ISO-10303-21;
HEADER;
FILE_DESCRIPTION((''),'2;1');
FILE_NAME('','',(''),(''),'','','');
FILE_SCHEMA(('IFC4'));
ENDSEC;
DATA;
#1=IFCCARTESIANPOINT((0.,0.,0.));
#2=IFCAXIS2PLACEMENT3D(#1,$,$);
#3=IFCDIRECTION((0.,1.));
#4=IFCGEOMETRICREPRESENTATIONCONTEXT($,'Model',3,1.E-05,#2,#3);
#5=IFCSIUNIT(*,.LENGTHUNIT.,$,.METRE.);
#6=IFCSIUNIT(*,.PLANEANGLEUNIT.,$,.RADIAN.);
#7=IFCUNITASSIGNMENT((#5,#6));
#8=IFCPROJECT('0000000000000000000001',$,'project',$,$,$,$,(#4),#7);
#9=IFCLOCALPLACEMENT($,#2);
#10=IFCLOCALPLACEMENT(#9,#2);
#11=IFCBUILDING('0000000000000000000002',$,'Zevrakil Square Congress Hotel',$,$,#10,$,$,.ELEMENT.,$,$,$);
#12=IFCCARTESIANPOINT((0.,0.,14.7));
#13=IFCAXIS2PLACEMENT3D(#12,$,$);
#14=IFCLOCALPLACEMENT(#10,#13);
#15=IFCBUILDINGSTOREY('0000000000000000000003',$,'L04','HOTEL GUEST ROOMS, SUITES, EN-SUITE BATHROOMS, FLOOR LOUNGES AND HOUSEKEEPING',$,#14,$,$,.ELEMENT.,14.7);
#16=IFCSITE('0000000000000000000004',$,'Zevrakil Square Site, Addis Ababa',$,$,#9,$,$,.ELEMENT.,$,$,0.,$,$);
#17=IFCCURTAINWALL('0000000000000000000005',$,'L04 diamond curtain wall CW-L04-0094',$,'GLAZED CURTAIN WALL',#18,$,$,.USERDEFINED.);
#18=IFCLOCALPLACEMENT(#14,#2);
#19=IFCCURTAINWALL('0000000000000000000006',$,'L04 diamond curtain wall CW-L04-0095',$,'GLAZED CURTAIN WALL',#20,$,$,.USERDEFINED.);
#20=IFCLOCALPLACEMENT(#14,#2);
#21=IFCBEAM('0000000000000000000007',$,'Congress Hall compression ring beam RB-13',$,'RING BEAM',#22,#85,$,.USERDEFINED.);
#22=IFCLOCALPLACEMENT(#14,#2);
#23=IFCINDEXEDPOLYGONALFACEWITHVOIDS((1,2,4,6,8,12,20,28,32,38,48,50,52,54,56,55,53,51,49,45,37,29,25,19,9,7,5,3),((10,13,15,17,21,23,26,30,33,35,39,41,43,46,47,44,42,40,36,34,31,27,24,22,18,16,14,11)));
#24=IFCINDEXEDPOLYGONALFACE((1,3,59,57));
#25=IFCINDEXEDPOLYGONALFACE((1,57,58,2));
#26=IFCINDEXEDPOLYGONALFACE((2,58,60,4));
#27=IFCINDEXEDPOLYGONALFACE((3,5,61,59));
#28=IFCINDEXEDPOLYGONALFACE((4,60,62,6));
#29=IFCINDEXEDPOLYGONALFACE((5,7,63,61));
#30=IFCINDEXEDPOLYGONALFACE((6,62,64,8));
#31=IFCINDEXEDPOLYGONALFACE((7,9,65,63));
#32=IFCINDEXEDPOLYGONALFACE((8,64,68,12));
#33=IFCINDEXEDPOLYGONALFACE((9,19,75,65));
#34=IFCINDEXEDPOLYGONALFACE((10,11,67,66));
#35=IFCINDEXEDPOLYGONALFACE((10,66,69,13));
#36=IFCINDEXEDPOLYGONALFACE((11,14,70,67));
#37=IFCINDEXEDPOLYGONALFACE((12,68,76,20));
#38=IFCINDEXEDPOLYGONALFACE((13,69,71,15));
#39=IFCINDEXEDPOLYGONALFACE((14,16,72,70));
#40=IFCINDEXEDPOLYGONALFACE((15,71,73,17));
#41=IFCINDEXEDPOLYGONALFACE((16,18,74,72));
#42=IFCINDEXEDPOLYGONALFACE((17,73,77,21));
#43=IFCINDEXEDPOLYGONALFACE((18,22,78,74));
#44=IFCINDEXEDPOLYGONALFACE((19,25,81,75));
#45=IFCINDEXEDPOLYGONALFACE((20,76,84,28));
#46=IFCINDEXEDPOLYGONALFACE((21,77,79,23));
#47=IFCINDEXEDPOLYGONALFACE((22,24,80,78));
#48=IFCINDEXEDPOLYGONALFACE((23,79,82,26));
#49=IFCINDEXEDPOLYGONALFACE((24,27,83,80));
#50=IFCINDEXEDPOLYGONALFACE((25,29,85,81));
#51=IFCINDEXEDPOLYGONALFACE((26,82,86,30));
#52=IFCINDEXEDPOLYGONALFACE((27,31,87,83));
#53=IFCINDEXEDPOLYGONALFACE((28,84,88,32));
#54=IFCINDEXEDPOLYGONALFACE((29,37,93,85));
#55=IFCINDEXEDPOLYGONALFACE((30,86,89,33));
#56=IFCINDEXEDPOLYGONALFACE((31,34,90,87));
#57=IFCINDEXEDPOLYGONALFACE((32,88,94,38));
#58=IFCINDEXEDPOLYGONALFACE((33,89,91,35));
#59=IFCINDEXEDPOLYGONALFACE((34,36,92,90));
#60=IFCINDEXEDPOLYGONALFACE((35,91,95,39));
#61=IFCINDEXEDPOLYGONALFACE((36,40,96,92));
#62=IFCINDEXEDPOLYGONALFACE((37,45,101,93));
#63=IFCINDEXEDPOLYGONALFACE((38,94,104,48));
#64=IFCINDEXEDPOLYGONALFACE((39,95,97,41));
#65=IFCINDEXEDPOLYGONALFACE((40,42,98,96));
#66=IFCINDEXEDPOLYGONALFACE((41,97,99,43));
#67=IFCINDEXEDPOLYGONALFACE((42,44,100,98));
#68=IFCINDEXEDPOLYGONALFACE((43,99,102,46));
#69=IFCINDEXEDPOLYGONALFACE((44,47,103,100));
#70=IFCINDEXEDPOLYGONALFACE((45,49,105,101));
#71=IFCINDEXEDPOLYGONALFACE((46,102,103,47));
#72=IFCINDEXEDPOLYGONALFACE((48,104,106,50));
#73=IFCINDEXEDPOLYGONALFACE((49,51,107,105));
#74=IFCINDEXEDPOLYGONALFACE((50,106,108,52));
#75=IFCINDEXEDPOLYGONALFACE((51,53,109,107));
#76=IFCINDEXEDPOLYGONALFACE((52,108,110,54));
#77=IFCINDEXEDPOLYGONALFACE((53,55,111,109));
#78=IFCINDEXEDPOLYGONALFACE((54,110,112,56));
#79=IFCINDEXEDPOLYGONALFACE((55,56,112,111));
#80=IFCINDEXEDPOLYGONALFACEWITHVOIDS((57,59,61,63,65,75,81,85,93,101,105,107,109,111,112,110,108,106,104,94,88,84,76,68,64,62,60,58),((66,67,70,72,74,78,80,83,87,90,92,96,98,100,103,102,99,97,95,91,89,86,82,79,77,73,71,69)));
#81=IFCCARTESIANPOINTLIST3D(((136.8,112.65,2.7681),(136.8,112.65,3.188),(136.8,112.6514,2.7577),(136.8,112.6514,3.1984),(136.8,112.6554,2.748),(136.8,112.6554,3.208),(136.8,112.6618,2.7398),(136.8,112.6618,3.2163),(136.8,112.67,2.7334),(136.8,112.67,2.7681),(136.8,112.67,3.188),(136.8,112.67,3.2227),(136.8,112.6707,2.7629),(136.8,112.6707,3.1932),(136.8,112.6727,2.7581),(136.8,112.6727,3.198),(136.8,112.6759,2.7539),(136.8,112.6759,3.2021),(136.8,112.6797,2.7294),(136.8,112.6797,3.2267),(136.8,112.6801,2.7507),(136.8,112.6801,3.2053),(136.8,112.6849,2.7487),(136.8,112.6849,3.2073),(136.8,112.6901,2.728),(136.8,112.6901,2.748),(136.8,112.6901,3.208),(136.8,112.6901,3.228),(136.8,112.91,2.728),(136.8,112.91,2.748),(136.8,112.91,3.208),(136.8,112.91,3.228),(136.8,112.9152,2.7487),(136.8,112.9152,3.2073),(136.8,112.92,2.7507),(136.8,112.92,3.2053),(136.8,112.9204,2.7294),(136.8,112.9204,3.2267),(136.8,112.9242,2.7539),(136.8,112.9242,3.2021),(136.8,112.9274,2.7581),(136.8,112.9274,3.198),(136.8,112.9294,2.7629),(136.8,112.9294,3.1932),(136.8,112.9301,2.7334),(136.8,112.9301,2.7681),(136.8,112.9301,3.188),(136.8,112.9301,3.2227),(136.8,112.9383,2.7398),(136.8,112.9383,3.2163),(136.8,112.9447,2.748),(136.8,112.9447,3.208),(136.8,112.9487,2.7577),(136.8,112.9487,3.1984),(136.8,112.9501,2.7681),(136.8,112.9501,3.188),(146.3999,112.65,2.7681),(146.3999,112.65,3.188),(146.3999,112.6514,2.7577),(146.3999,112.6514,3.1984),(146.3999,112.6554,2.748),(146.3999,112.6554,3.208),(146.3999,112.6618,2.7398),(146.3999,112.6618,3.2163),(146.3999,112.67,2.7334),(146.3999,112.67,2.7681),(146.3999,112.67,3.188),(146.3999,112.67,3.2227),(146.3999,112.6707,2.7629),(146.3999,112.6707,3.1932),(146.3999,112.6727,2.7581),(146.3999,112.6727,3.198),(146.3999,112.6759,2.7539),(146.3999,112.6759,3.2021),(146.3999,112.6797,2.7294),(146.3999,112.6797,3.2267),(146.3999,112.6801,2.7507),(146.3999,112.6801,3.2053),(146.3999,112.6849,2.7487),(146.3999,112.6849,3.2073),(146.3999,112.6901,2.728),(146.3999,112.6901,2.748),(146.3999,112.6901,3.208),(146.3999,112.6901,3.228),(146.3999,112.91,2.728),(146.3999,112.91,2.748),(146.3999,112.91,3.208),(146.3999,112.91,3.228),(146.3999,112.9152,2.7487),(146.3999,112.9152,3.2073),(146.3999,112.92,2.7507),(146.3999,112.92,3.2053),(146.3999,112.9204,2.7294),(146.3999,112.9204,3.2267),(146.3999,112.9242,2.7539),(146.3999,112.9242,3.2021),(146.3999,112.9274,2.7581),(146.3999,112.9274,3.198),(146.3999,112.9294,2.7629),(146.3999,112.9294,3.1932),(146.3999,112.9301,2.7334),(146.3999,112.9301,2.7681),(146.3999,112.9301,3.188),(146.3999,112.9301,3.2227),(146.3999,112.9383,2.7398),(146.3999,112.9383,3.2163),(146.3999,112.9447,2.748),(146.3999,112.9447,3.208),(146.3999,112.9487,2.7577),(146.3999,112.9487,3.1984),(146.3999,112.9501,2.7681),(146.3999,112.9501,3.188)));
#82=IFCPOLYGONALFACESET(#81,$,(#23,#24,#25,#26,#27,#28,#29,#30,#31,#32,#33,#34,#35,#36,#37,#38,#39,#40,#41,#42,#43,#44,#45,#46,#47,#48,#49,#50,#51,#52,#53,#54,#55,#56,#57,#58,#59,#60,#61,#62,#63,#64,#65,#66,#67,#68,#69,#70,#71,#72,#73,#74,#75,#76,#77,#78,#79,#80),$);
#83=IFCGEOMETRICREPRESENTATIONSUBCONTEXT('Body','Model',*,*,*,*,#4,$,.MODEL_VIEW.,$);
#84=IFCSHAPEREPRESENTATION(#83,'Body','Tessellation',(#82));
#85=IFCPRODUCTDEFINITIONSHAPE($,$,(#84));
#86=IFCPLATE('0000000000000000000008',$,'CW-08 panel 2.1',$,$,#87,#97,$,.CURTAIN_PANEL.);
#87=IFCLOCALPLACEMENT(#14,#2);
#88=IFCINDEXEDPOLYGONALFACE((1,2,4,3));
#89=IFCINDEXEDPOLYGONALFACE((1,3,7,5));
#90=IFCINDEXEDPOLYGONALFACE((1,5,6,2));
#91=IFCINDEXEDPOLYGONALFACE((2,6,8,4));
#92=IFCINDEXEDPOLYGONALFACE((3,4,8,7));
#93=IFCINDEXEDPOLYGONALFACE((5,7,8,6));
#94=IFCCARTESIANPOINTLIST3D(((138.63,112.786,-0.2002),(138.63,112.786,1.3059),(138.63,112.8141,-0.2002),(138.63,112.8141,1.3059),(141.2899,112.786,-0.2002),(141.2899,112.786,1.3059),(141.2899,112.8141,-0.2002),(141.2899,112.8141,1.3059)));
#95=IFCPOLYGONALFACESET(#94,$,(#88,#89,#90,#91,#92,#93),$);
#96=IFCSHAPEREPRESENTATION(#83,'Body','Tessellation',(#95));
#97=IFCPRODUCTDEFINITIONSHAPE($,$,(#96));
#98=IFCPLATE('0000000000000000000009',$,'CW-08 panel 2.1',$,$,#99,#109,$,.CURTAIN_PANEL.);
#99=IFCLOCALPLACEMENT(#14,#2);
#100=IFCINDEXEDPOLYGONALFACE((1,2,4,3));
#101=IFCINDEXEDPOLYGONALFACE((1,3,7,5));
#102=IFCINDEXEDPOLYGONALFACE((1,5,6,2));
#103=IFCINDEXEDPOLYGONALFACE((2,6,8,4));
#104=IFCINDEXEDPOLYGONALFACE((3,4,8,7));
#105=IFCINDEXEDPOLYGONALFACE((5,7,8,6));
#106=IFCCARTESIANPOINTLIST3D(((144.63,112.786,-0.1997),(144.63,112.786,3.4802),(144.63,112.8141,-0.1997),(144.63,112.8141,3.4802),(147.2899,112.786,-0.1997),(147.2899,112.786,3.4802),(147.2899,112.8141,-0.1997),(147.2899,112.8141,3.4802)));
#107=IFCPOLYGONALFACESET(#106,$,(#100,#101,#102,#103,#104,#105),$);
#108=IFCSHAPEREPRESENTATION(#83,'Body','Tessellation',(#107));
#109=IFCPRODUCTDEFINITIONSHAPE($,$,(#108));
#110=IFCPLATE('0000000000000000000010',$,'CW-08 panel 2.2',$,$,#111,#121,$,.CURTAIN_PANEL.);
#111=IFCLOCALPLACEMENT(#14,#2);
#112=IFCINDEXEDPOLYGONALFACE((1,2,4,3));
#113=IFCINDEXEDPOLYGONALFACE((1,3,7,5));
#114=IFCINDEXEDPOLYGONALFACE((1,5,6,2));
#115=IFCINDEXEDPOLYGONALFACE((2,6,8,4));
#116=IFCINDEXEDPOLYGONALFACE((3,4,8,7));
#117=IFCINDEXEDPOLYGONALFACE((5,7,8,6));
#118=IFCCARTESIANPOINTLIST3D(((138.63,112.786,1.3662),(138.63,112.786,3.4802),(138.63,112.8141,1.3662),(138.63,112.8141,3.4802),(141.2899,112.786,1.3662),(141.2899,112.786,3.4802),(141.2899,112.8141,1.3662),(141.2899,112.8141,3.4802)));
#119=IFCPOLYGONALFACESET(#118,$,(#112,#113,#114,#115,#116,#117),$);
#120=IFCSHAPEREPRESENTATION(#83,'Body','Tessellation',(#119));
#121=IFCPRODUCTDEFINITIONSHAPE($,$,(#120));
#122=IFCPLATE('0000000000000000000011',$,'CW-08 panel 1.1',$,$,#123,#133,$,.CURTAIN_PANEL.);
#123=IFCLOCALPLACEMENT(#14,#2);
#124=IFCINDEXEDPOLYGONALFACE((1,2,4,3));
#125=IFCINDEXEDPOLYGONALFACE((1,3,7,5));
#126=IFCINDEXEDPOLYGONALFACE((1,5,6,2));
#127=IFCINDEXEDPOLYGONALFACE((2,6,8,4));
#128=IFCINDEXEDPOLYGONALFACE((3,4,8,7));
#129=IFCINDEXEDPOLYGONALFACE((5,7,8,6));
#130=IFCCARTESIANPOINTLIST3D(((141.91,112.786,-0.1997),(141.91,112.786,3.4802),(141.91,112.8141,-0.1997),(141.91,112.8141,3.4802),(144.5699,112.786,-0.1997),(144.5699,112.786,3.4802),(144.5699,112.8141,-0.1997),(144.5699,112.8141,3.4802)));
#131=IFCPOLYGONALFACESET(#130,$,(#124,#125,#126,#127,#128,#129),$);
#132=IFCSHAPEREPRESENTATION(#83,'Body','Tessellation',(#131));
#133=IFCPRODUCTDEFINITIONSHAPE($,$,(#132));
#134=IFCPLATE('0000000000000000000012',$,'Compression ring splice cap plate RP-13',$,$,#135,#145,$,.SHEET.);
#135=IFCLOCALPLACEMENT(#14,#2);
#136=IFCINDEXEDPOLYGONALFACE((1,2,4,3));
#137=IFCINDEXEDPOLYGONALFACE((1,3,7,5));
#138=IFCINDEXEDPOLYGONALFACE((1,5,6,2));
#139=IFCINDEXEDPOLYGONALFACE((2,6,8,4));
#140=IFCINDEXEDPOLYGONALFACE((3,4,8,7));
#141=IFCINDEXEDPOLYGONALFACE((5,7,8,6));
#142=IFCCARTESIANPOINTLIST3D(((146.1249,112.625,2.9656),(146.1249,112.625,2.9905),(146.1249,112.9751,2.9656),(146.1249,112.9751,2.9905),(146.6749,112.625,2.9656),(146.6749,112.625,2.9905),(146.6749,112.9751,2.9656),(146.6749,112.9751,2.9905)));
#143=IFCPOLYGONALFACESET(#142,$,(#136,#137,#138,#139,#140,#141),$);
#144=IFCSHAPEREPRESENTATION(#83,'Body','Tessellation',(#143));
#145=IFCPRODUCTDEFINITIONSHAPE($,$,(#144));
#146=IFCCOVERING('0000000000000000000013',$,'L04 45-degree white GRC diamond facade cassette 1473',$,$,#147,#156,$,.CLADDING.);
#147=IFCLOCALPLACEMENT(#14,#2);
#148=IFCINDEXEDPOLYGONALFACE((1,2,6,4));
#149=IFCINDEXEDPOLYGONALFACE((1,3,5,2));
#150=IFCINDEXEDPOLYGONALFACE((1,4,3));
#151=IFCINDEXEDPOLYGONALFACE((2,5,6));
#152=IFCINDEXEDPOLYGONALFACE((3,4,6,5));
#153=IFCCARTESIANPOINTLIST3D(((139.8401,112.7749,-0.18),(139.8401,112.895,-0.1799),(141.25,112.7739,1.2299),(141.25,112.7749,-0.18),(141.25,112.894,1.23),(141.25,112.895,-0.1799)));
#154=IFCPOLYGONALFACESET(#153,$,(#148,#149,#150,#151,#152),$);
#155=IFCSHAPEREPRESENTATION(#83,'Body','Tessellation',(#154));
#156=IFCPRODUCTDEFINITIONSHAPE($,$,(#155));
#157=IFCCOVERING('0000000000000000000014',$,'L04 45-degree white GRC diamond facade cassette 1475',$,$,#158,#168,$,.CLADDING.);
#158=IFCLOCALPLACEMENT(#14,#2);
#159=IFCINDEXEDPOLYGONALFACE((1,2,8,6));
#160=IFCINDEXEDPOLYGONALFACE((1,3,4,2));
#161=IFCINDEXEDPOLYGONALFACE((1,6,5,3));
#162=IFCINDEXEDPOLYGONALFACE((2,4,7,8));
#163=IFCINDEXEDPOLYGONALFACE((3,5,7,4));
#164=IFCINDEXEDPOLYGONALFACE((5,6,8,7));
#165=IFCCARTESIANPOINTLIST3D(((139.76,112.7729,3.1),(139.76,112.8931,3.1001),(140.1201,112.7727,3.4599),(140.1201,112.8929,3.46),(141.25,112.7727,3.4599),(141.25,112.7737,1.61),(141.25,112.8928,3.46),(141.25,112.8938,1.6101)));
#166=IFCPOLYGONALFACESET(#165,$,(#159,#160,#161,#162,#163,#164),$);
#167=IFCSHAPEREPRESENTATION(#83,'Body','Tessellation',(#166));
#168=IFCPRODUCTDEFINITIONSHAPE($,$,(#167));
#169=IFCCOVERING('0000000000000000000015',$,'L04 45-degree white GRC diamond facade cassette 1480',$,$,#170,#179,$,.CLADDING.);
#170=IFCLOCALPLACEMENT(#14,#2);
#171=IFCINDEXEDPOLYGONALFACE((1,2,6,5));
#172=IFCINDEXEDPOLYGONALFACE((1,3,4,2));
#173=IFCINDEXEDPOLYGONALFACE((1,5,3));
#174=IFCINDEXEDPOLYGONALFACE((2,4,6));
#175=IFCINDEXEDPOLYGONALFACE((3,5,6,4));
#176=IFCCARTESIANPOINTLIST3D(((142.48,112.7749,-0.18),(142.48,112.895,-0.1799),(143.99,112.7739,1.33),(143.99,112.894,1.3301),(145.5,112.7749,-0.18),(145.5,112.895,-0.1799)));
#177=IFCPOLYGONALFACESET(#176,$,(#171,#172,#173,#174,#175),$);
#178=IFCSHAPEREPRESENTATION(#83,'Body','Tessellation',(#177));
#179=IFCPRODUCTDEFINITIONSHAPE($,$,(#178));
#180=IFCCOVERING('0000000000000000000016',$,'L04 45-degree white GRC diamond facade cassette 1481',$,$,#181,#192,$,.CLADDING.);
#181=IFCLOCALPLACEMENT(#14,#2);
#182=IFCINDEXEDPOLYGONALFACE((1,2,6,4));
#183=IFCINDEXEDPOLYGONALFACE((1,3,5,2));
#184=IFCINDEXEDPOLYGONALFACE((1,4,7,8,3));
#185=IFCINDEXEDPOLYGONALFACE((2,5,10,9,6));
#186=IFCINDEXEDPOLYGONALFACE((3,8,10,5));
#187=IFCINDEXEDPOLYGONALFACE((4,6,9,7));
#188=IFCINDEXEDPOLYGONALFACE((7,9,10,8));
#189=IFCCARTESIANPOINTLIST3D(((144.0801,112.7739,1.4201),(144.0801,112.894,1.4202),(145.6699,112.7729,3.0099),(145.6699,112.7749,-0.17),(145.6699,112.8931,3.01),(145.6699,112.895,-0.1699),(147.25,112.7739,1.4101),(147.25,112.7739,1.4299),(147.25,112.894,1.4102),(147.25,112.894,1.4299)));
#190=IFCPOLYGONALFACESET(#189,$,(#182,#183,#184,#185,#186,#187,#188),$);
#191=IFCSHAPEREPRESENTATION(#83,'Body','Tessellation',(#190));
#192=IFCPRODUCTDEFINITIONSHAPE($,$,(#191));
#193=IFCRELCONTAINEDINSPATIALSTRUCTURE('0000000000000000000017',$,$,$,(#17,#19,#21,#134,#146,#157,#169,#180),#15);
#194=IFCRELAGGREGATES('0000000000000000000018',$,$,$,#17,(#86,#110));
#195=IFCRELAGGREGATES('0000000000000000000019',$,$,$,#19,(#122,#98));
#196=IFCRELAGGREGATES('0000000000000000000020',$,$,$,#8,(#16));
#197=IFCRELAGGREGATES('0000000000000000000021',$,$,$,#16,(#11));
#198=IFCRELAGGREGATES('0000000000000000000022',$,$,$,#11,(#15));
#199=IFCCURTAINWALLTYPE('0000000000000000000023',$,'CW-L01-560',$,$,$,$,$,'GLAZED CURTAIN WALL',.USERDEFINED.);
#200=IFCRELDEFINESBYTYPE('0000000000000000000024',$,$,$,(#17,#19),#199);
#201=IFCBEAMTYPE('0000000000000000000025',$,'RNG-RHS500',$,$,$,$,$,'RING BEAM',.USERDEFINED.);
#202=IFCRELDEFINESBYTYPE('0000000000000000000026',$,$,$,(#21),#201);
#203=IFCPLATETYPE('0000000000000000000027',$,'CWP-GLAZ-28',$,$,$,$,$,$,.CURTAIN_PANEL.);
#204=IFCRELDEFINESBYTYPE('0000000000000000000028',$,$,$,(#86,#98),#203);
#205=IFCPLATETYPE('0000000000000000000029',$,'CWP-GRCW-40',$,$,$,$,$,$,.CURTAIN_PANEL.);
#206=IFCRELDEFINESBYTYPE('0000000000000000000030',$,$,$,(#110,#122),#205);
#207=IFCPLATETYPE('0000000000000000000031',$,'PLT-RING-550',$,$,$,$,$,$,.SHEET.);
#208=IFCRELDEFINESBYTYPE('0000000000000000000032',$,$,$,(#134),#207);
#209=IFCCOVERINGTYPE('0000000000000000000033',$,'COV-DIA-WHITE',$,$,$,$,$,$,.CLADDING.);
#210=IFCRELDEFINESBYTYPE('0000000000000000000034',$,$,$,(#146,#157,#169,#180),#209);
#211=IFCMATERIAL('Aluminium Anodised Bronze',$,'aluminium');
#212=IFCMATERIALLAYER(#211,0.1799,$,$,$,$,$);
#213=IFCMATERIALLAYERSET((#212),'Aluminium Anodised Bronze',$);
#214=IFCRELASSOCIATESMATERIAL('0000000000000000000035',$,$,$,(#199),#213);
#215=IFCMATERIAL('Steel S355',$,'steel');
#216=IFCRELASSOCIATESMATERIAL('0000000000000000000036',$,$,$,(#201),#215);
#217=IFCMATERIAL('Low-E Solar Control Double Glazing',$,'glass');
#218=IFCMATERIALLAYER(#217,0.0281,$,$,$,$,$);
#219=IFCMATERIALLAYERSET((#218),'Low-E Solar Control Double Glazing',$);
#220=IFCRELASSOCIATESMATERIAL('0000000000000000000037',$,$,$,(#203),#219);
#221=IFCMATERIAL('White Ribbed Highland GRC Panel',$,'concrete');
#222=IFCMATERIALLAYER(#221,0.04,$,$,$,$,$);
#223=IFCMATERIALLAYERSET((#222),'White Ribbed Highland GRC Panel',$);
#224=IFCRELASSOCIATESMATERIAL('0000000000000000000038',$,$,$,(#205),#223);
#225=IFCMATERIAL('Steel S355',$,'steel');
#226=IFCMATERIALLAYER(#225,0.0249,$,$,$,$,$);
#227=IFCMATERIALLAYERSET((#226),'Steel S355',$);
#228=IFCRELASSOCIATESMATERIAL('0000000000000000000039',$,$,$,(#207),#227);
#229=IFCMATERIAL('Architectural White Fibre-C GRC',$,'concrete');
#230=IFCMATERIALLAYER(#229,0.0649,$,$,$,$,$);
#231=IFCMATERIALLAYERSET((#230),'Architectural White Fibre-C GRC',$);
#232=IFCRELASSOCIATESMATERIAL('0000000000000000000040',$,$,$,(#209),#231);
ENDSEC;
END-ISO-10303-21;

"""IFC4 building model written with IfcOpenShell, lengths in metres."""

from ifc_helpers import new_model, si_unit, direction, frame, origin, origin_2d, place, context, subcontext, project, spatial, polyline, rectangle, hollow_rectangle, outline, extrude, material, layer, layer_set, material_profile, profile_set, type_object, element, aggregate, save


model = new_model("IFC4")

# Units and contexts
model_context = context("Model", 3, precision=1e-05, world=origin(), true_north=direction((0.0, 1.0)))
body_context = subcontext(model_context, "Body", "Model", "MODEL_VIEW")
ifc_project = project(units=[si_unit("LENGTHUNIT", "METRE"), si_unit("PLANEANGLEUNIT", "RADIAN")], contexts=[model_context])

# Site, building, storey
site_placement = place(None, origin())
site = spatial("IfcSite", under=ifc_project, at=site_placement, Name="Zevrakil Square Site, Addis Ababa", CompositionType="ELEMENT", RefElevation=0.0)
building_placement = place(site_placement, origin())
building = spatial("IfcBuilding", under=site, at=building_placement, Name="Zevrakil Square Congress Hotel", CompositionType="ELEMENT")
storey_placement = place(building_placement, frame((0.0, 0.0, 14.7)))
storey = spatial("IfcBuildingStorey", under=building, at=storey_placement, Name="L04", Description="HOTEL GUEST ROOMS, SUITES, EN-SUITE BATHROOMS, FLOOR LOUNGES AND HOUSEKEEPING", CompositionType="ELEMENT", Elevation=14.7)

# Curtain wall
ifc_material_1 = material(Name="Aluminium Anodised Bronze", Category="aluminium")
ifc_layer_1 = layer(ifc_material_1, 0.1799)
ifc_layer_set_1 = layer_set([ifc_layer_1], Name="Aluminium Anodised Bronze")
curtain_wall_type = type_object("IfcCurtainWallType", Name="CW-L01-560", ElementType="GLAZED CURTAIN WALL", PredefinedType="USERDEFINED", material=ifc_layer_set_1)
curtain_wall_1_placement = place(storey_placement, origin())
curtain_wall_1 = element("IfcCurtainWall", 1, at=curtain_wall_1_placement, inside=storey, type_object=curtain_wall_type, Name="L04 diamond curtain wall CW-L04-0094", ObjectType="GLAZED CURTAIN WALL", PredefinedType="USERDEFINED")

# Curtain wall
curtain_wall_2_placement = place(storey_placement, origin())
curtain_wall_2 = element("IfcCurtainWall", 2, at=curtain_wall_2_placement, inside=storey, type_object=curtain_wall_type, Name="L04 diamond curtain wall CW-L04-0095", ObjectType="GLAZED CURTAIN WALL", PredefinedType="USERDEFINED")

# Beam
ifc_material_2 = material(Name="Steel S355", Category="steel")
ifc_material_profile_1 = material_profile(ifc_material_2, hollow_rectangle(XDim=0.3, YDim=0.5, WallThickness=0.02, InnerFilletRadius=0.02, OuterFilletRadius=0.04, at=origin_2d()), Name="RHS 500x300x20")
ifc_profile_set_1 = profile_set([ifc_material_profile_1], Name="Steel S355")
beam_type = type_object("IfcBeamType", Name="RNG-RHS500", ElementType="RING BEAM", PredefinedType="USERDEFINED", material=ifc_profile_set_1)
beam_placement = place(storey_placement, frame((146.3999, 112.8, 2.978), z_axis=(-1.0, 0.0, 0.0), x_axis=(0.0, -1.0, 0.0)))
element("IfcBeam", 3, at=beam_placement, inside=storey, type_object=beam_type, Name="Congress Hall compression ring beam RB-13", ObjectType="RING BEAM", PredefinedType="USERDEFINED", context=body_context, shape_type="SweptSolid", body=[
    extrude(hollow_rectangle(XDim=0.3, YDim=0.5, WallThickness=0.02, InnerFilletRadius=0.02, OuterFilletRadius=0.04, at=origin_2d()), origin(), (0.0, 0.0, 1.0), 9.5999),
])

# Plates
ifc_material_3 = material(Name="Low-E Solar Control Double Glazing", Category="glass")
ifc_layer_2 = layer(ifc_material_3, 0.0281)
ifc_layer_set_2 = layer_set([ifc_layer_2], Name="Low-E Solar Control Double Glazing")
plate_type_1 = type_object("IfcPlateType", Name="CWP-GLAZ-28", PredefinedType="CURTAIN_PANEL", material=ifc_layer_set_2)
plate_1_placement = place(storey_placement, frame((139.96, 112.8, -0.2002), z_axis=(0.0, 0.0, 1.0), x_axis=(1.0, 0.0, 0.0)))
plate_1 = element("IfcPlate", 4, at=plate_1_placement, type_object=plate_type_1, Name="CW-08 panel 2.1", PredefinedType="CURTAIN_PANEL", context=body_context, shape_type="SweptSolid", body=[
    extrude(rectangle(XDim=2.6599, YDim=0.0281, at=origin_2d()), origin(), (0.0, 0.0, 1.0), 1.5061),
])
plate_2_placement = place(storey_placement, frame((145.96, 112.8, -0.1997), z_axis=(0.0, 0.0, 1.0), x_axis=(1.0, 0.0, 0.0)))
plate_2 = element("IfcPlate", 5, at=plate_2_placement, type_object=plate_type_1, Name="CW-08 panel 2.1", PredefinedType="CURTAIN_PANEL", context=body_context, shape_type="SweptSolid", body=[
    extrude(rectangle(XDim=2.6599, YDim=0.0281, at=origin_2d()), origin(), (0.0, 0.0, 1.0), 3.6799),
])
ifc_material_4 = material(Name="White Ribbed Highland GRC Panel", Category="concrete")
ifc_layer_3 = layer(ifc_material_4, 0.04)
ifc_layer_set_3 = layer_set([ifc_layer_3], Name="White Ribbed Highland GRC Panel")
plate_type_2 = type_object("IfcPlateType", Name="CWP-GRCW-40", PredefinedType="CURTAIN_PANEL", material=ifc_layer_set_3)
plate_3_placement = place(storey_placement, frame((139.96, 112.8, 1.3662), z_axis=(0.0, 0.0, 1.0), x_axis=(1.0, 0.0, 0.0)))
plate_3 = element("IfcPlate", 6, at=plate_3_placement, type_object=plate_type_2, Name="CW-08 panel 2.2", PredefinedType="CURTAIN_PANEL", context=body_context, shape_type="SweptSolid", body=[
    extrude(rectangle(XDim=2.6599, YDim=0.0281, at=origin_2d()), origin(), (0.0, 0.0, 1.0), 2.114),
])
aggregate(curtain_wall_1, [plate_1, plate_3])
plate_4_placement = place(storey_placement, frame((143.24, 112.8, -0.1997), z_axis=(0.0, 0.0, 1.0), x_axis=(1.0, 0.0, 0.0)))
plate_4 = element("IfcPlate", 7, at=plate_4_placement, type_object=plate_type_2, Name="CW-08 panel 1.1", PredefinedType="CURTAIN_PANEL", context=body_context, shape_type="SweptSolid", body=[
    extrude(rectangle(XDim=2.6599, YDim=0.0281, at=origin_2d()), origin(), (0.0, 0.0, 1.0), 3.6799),
])
aggregate(curtain_wall_2, [plate_4, plate_2])
ifc_material_5 = material(Name="Steel S355", Category="steel")
ifc_layer_4 = layer(ifc_material_5, 0.0249)
ifc_layer_set_4 = layer_set([ifc_layer_4], Name="Steel S355")
plate_type_3 = type_object("IfcPlateType", Name="PLT-RING-550", PredefinedType="SHEET", material=ifc_layer_set_4)
plate_5_placement = place(storey_placement, frame((146.3999, 112.8, 2.9656), z_axis=(0.0, 0.0, 1.0), x_axis=(1.0, 0.0, 0.0)))
element("IfcPlate", 8, at=plate_5_placement, inside=storey, type_object=plate_type_3, Name="Compression ring splice cap plate RP-13", PredefinedType="SHEET", context=body_context, shape_type="SweptSolid", body=[
    extrude(rectangle(XDim=0.55, YDim=0.3501, at=origin_2d()), origin(), (0.0, 0.0, 1.0), 0.0249),
])

# Coverings
ifc_material_6 = material(Name="Architectural White Fibre-C GRC", Category="concrete")
ifc_layer_5 = layer(ifc_material_6, 0.0649)
ifc_layer_set_5 = layer_set([ifc_layer_5], Name="Architectural White Fibre-C GRC")
covering_type_1 = type_object("IfcCoveringType", Name="COV-DIA-WHITE", PredefinedType="CLADDING", material=ifc_layer_set_5)
covering_1_placement = place(storey_placement, frame((139.8401, 112.895, -0.1799), z_axis=(0.0, 1.0, 0.000693), x_axis=(1.0, 0.0, 0.0)))
element("IfcCovering", 9, at=covering_1_placement, inside=storey, type_object=covering_type_1, Name="L04 45-degree white GRC diamond facade cassette 1473", PredefinedType="CLADDING", context=body_context, shape_type="SweptSolid", body=[
    extrude(outline(polyline([(0.0, 0.0), (1.4099, 0.0), (1.4099, -1.4099), (0.0, 0.0)])), origin(), (0.0, 0.0, -1.0), 0.1201),
])
covering_2_placement = place(storey_placement, frame((139.76, 112.8931, 3.1001), z_axis=(0.000032, 1.0, 0.000547), x_axis=(0.707107, 0.000365, -0.707107)))
element("IfcCovering", 10, at=covering_2_placement, inside=storey, type_object=covering_type_1, Name="L04 45-degree white GRC diamond facade cassette 1475", PredefinedType="CLADDING", context=body_context, shape_type="SweptSolid", body=[
    extrude(outline(polyline([(0.0, 0.0), (2.1072, 0.0), (0.7991, -1.308), (0.0002, -0.5091), (0.0, 0.0)])), origin(), (0.0, 0.0, -1.0), 0.1201),
])
covering_3_placement = place(storey_placement, frame((143.99, 112.894, 1.3301), z_axis=(0.0, 1.0, 0.000647), x_axis=(-0.707107, 0.000457, -0.707107)))
element("IfcCovering", 11, at=covering_3_placement, inside=storey, type_object=covering_type_1, Name="L04 45-degree white GRC diamond facade cassette 1480", PredefinedType="CLADDING", context=body_context, shape_type="SweptSolid", body=[
    extrude(outline(polyline([(0.0, 0.0), (2.1355, 0.0), (0.0, -2.1355), (0.0, 0.0)])), origin(), (0.0, 0.0, -1.0), 0.1201),
])
covering_4_placement = place(storey_placement, frame((145.6699, 112.8931, 3.01), z_axis=(0.0, 1.0, 0.000612), x_axis=(-0.707107, 0.000433, -0.707107)))
element("IfcCovering", 12, at=covering_4_placement, inside=storey, type_object=covering_type_1, Name="L04 45-degree white GRC diamond facade cassette 1481", PredefinedType="CLADDING", context=body_context, shape_type="SweptSolid", body=[
    extrude(outline(polyline([(0.0, 0.0), (2.2484, 0.0), (2.2486, -2.2486), (0.014, -2.2486), (0.0, -2.2346), (0.0, 0.0)])), origin(), (0.0, 0.0, -1.0), 0.1201),
])

save(model, "model.ifc")
